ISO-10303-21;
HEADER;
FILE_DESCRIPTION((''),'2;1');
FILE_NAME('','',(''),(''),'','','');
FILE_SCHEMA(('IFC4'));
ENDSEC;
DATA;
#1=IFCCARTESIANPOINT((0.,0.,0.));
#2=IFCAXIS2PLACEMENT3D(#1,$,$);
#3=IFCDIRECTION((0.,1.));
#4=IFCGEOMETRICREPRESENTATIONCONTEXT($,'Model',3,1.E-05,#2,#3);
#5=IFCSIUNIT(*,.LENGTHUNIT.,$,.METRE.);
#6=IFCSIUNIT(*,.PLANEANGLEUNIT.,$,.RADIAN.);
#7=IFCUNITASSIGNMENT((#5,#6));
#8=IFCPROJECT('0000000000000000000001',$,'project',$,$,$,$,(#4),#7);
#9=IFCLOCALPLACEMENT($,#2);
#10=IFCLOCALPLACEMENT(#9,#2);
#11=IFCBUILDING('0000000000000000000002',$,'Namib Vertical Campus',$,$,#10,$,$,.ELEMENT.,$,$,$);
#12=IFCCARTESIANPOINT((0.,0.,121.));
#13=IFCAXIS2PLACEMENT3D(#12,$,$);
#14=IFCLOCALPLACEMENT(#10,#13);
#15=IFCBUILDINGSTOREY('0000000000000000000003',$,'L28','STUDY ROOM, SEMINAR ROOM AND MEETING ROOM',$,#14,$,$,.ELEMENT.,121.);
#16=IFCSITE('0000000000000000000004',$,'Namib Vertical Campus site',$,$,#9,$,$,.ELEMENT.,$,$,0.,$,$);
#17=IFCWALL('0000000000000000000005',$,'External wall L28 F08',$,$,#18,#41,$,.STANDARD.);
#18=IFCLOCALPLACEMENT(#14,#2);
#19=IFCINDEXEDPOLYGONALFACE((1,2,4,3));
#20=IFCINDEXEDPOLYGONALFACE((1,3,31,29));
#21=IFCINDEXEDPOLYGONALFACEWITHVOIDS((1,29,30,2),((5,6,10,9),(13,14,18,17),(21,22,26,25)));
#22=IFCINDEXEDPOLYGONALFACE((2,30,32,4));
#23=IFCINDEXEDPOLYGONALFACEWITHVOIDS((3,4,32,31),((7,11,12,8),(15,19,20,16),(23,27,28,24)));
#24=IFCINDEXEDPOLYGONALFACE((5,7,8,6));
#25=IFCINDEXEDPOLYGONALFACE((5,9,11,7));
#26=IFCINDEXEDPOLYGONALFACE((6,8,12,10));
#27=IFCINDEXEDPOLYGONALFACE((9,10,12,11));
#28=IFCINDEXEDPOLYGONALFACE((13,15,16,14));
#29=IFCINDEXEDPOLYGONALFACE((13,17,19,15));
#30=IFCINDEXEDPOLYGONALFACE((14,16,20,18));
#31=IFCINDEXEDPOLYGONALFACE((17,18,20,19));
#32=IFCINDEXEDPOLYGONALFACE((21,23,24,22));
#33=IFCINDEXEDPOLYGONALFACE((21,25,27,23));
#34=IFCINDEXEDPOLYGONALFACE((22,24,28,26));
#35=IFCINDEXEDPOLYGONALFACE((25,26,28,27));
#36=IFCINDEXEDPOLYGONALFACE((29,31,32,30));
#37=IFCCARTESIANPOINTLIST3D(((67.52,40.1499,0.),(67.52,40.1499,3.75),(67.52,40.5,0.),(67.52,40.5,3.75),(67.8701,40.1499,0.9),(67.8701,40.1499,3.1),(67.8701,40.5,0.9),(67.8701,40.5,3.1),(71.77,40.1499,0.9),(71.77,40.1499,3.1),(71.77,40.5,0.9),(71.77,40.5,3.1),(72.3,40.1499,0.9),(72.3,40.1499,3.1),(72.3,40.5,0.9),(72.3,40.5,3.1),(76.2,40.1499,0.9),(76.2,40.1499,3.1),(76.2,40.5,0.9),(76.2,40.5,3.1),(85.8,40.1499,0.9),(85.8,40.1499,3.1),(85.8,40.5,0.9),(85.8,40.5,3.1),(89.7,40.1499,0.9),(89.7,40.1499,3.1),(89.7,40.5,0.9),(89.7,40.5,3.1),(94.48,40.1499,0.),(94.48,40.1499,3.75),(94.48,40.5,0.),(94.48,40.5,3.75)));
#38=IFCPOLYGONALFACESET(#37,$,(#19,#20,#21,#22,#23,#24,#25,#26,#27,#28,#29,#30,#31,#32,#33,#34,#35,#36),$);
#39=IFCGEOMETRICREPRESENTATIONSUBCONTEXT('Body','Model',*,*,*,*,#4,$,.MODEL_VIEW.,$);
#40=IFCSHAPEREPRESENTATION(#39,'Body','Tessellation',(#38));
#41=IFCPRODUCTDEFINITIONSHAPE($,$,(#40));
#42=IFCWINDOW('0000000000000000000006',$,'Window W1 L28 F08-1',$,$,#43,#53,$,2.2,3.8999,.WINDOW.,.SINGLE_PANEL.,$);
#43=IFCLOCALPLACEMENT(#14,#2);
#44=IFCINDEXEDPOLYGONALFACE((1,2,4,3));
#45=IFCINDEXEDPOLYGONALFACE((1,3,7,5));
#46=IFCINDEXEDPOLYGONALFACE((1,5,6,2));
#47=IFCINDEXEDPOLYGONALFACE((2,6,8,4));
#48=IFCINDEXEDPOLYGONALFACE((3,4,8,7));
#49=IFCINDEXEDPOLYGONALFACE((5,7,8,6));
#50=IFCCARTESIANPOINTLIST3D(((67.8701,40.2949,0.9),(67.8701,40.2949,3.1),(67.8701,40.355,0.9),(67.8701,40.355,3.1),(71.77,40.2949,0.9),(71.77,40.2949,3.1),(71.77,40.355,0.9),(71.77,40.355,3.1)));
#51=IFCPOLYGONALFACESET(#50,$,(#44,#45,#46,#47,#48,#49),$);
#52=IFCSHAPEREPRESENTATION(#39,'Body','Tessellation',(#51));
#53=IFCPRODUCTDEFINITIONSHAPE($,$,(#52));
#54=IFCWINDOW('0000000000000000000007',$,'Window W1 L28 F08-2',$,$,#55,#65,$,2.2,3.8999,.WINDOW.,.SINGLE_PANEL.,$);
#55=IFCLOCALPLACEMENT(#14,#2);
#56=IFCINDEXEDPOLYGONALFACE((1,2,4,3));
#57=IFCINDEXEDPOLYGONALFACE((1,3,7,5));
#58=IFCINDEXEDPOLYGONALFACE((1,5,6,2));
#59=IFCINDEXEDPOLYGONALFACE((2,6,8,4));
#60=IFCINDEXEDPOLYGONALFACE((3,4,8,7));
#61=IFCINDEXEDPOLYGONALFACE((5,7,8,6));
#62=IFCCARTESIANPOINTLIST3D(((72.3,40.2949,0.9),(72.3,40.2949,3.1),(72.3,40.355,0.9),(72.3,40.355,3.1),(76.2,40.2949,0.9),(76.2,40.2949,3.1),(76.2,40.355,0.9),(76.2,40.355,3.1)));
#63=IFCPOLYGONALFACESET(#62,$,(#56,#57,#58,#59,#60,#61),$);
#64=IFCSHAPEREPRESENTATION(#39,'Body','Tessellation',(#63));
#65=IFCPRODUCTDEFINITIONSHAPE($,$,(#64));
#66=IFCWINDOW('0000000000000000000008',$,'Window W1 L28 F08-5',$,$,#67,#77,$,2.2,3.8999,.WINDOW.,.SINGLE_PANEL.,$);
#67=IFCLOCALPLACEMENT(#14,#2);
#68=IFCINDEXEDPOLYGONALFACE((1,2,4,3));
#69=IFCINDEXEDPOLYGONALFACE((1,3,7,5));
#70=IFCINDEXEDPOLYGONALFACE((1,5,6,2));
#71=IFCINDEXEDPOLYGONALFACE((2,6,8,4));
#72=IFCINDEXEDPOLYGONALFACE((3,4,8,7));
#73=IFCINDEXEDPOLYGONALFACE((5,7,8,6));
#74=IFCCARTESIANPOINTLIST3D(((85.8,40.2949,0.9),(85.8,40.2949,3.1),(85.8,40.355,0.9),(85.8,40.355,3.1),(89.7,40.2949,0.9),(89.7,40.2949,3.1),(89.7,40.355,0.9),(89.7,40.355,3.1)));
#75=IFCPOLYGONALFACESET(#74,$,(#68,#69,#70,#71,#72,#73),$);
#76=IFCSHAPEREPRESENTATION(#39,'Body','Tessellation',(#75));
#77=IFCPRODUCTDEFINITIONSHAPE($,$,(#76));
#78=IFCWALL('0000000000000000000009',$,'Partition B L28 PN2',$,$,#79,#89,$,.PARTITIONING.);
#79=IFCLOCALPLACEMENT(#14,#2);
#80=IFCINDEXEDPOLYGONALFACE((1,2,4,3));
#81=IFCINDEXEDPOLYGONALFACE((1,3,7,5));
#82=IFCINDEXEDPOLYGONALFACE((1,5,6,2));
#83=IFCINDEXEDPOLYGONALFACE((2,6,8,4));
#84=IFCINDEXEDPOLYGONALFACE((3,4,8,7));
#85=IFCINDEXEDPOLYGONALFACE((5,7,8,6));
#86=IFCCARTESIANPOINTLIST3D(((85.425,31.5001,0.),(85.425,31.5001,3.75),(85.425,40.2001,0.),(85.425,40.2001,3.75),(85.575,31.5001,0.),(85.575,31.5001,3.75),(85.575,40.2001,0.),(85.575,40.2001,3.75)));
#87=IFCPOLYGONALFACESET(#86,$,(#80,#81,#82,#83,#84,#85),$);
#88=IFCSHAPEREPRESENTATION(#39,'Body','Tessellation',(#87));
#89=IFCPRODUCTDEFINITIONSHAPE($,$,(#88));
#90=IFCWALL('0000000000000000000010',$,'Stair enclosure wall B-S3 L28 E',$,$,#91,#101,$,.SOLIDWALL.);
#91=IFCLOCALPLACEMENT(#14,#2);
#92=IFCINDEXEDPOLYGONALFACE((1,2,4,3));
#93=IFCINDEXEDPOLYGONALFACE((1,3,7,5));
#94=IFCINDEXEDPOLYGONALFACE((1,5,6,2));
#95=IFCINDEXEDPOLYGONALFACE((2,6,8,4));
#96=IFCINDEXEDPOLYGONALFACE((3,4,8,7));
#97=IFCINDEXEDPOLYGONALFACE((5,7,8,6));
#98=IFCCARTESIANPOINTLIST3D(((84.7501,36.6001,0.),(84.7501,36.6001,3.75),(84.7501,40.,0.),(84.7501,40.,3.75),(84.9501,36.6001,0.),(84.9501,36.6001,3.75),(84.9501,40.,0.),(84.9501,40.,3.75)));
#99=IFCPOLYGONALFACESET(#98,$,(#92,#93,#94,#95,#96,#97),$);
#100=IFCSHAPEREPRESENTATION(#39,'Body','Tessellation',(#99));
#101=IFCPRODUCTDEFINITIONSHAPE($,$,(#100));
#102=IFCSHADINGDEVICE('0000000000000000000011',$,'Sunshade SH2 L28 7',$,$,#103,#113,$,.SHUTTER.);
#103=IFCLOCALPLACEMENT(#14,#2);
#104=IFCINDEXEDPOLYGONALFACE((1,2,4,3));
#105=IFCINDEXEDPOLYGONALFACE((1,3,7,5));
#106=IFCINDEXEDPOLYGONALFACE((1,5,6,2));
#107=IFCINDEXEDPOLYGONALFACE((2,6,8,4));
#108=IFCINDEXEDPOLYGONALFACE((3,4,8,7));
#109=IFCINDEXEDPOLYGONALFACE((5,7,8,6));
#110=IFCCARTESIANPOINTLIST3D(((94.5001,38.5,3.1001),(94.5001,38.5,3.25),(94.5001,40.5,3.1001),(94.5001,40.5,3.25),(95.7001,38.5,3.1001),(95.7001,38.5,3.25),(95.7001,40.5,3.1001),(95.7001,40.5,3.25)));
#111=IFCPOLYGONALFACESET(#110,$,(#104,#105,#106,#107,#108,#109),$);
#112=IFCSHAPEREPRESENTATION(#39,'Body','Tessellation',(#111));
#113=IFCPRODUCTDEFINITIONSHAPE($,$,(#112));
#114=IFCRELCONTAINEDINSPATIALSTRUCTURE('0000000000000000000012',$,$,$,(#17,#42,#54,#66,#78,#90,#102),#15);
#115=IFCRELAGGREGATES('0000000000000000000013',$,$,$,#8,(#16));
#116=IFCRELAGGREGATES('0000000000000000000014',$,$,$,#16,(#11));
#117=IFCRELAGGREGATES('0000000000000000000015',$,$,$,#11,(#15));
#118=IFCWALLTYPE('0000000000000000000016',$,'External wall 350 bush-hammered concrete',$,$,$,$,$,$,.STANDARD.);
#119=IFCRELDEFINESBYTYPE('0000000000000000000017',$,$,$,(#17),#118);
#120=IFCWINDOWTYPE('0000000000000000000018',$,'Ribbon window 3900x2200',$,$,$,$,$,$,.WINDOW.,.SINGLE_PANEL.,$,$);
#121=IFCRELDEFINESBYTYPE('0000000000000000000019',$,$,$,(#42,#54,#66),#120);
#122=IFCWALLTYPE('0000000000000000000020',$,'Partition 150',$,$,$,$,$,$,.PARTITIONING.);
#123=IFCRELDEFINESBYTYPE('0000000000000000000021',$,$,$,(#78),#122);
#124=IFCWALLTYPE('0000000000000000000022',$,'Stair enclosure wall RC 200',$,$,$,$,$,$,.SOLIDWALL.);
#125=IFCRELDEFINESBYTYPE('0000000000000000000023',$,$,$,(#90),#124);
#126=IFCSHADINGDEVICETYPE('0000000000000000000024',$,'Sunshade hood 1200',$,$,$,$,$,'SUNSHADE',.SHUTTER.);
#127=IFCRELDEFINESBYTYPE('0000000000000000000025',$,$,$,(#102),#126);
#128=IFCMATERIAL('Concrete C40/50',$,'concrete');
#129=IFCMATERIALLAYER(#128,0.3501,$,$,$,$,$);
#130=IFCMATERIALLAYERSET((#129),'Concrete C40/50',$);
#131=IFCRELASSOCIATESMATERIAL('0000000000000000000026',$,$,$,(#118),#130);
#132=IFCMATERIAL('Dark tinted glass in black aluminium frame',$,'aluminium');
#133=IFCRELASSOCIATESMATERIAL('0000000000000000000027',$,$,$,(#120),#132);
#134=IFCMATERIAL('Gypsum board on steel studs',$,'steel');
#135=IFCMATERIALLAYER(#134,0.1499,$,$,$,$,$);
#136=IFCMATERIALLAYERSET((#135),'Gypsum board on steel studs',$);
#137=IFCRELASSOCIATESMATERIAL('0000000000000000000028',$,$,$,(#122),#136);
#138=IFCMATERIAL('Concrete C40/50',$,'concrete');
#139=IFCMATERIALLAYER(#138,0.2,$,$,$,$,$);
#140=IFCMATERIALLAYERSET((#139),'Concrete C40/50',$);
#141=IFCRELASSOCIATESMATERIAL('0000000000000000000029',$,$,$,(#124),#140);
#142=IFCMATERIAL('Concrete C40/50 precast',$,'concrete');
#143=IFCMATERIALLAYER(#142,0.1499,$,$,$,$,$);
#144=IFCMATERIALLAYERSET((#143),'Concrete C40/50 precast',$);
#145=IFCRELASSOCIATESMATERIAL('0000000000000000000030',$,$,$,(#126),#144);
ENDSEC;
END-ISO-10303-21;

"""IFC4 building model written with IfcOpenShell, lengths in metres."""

from ifc_helpers import new_model, si_unit, direction, frame, frame_2d, origin, origin_2d, place, context, subcontext, project, spatial, rectangle, extrude, material, layer, layer_set, type_object, element, fill, save


model = new_model("IFC4")

# Units and contexts
model_context = context("Model", 3, precision=1e-05, world=origin(), true_north=direction((0.0, 1.0)))
body_context = subcontext(model_context, "Body", "Model", "MODEL_VIEW")
ifc_project = project(units=[si_unit("LENGTHUNIT", "METRE"), si_unit("PLANEANGLEUNIT", "RADIAN")], contexts=[model_context])

# Site, building, storey
site_placement = place(None, origin())
site = spatial("IfcSite", under=ifc_project, at=site_placement, Name="Namib Vertical Campus site", CompositionType="ELEMENT", RefElevation=0.0)
building_placement = place(site_placement, origin())
building = spatial("IfcBuilding", under=site, at=building_placement, Name="Namib Vertical Campus", CompositionType="ELEMENT")
storey_placement = place(building_placement, frame((0.0, 0.0, 121.0)))
storey = spatial("IfcBuildingStorey", under=building, at=storey_placement, Name="L28", Description="STUDY ROOM, SEMINAR ROOM AND MEETING ROOM", CompositionType="ELEMENT", Elevation=121.0)

# Shared definitions
ifc_material_1 = material(Name="Concrete C40/50", Category="concrete")
ifc_layer_1 = layer(ifc_material_1, 0.3501)
ifc_layer_set_1 = layer_set([ifc_layer_1], Name="Concrete C40/50")
wall_type_1 = type_object("IfcWallType", Name="External wall 350 bush-hammered concrete", PredefinedType="STANDARD", material=ifc_layer_set_1)

# Wall, openings, windows
wall_1_placement = place(storey_placement, frame((94.48, 40.325, 0.0), z_axis=(0.0, 0.0, 1.0), x_axis=(-1.0, 0.0, 0.0)))
wall_1 = element("IfcWall", 1, at=wall_1_placement, inside=storey, type_object=wall_type_1, Name="External wall L28 F08", PredefinedType="STANDARD", context=body_context, shape_type="SweptSolid", body=[
    extrude(rectangle(XDim=26.96, YDim=0.3501, at=frame_2d((13.48, 0.0))), origin(), (0.0, 0.0, 1.0), 3.75),
])
opening_1_placement = place(wall_1_placement, frame((22.71, 0.0, 0.8999)))
opening_1 = element("IfcOpeningElement", 2, at=opening_1_placement, cuts=wall_1, PredefinedType="OPENING", context=body_context, shape_type="SweptSolid", body=[
    extrude(rectangle(XDim=3.8999, YDim=2.2, at=frame_2d((1.95, 1.1001))), frame((0.0, 0.1851, 0.0), z_axis=(0.0, -1.0, 0.0), x_axis=(1.0, 0.0, 0.0)), (0.0, 0.0, 1.0), 0.3701),
])
opening_2_placement = place(wall_1_placement, frame((18.28, 0.0, 0.8999)))
opening_2 = element("IfcOpeningElement", 3, at=opening_2_placement, cuts=wall_1, PredefinedType="OPENING", context=body_context, shape_type="SweptSolid", body=[
    extrude(rectangle(XDim=3.8999, YDim=2.2, at=frame_2d((1.95, 1.1001))), frame((0.0, 0.1851, 0.0), z_axis=(0.0, -1.0, 0.0), x_axis=(1.0, 0.0, 0.0)), (0.0, 0.0, 1.0), 0.3701),
])
opening_3_placement = place(wall_1_placement, frame((4.78, 0.0, 0.8999)))
opening_3 = element("IfcOpeningElement", 4, at=opening_3_placement, cuts=wall_1, PredefinedType="OPENING", context=body_context, shape_type="SweptSolid", body=[
    extrude(rectangle(XDim=3.8999, YDim=2.2, at=frame_2d((1.95, 1.1001))), frame((0.0, 0.1851, 0.0), z_axis=(0.0, -1.0, 0.0), x_axis=(1.0, 0.0, 0.0)), (0.0, 0.0, 1.0), 0.3701),
])
ifc_material_2 = material(Name="Dark tinted glass in black aluminium frame", Category="aluminium")
window_type = type_object("IfcWindowType", Name="Ribbon window 3900x2200", PartitioningType="SINGLE_PANEL", PredefinedType="WINDOW", material=ifc_material_2)
window_1_placement = place(opening_1_placement, origin())
window_1 = element("IfcWindow", 5, at=window_1_placement, inside=storey, type_object=window_type, Name="Window W1 L28 F08-1", OverallHeight=2.2, OverallWidth=3.8999, PartitioningType="SINGLE_PANEL", PredefinedType="WINDOW", context=body_context, shape_type="SweptSolid", body=[
    extrude(rectangle(XDim=3.8999, YDim=2.2, at=frame_2d((1.95, 1.1001))), frame((0.0, 0.03, 0.0), z_axis=(0.0, -1.0, 0.0), x_axis=(1.0, 0.0, 0.0)), (0.0, 0.0, 1.0), 0.0601),
])
fill(opening_1, window_1)
window_2_placement = place(opening_2_placement, origin())
window_2 = element("IfcWindow", 6, at=window_2_placement, inside=storey, type_object=window_type, Name="Window W1 L28 F08-2", OverallHeight=2.2, OverallWidth=3.8999, PartitioningType="SINGLE_PANEL", PredefinedType="WINDOW", context=body_context, shape_type="SweptSolid", body=[
    extrude(rectangle(XDim=3.8999, YDim=2.2, at=frame_2d((1.95, 1.1001))), frame((0.0, 0.03, 0.0), z_axis=(0.0, -1.0, 0.0), x_axis=(1.0, 0.0, 0.0)), (0.0, 0.0, 1.0), 0.0601),
])
fill(opening_2, window_2)
window_3_placement = place(opening_3_placement, origin())
window_3 = element("IfcWindow", 7, at=window_3_placement, inside=storey, type_object=window_type, Name="Window W1 L28 F08-5", OverallHeight=2.2, OverallWidth=3.8999, PartitioningType="SINGLE_PANEL", PredefinedType="WINDOW", context=body_context, shape_type="SweptSolid", body=[
    extrude(rectangle(XDim=3.8999, YDim=2.2, at=frame_2d((1.95, 1.1001))), frame((0.0, 0.03, 0.0), z_axis=(0.0, -1.0, 0.0), x_axis=(1.0, 0.0, 0.0)), (0.0, 0.0, 1.0), 0.0601),
])
fill(opening_3, window_3)

# Walls
ifc_material_3 = material(Name="Gypsum board on steel studs", Category="steel")
ifc_layer_2 = layer(ifc_material_3, 0.1499)
ifc_layer_set_2 = layer_set([ifc_layer_2], Name="Gypsum board on steel studs")
wall_type_2 = type_object("IfcWallType", Name="Partition 150", PredefinedType="PARTITIONING", material=ifc_layer_set_2)
wall_2_placement = place(storey_placement, frame((85.5, 31.5, 0.0), z_axis=(0.0, 0.0, 1.0), x_axis=(0.0, 1.0, 0.0)))
element("IfcWall", 8, at=wall_2_placement, inside=storey, type_object=wall_type_2, Name="Partition B L28 PN2", PredefinedType="PARTITIONING", context=body_context, shape_type="SweptSolid", body=[
    extrude(rectangle(XDim=8.7, YDim=0.1499, at=frame_2d((4.3501, 0.0))), origin(), (0.0, 0.0, 1.0), 3.75),
])
ifc_material_4 = material(Name="Concrete C40/50", Category="concrete")
ifc_layer_3 = layer(ifc_material_4, 0.2)
ifc_layer_set_3 = layer_set([ifc_layer_3], Name="Concrete C40/50")
wall_type_3 = type_object("IfcWallType", Name="Stair enclosure wall RC 200", PredefinedType="SOLIDWALL", material=ifc_layer_set_3)
wall_3_placement = place(storey_placement, frame((84.8501, 36.6001, 0.0), z_axis=(0.0, 0.0, 1.0), x_axis=(0.0, 1.0, 0.0)))
element("IfcWall", 9, at=wall_3_placement, inside=storey, type_object=wall_type_3, Name="Stair enclosure wall B-S3 L28 E", PredefinedType="SOLIDWALL", context=body_context, shape_type="SweptSolid", body=[
    extrude(rectangle(XDim=3.3999, YDim=0.2, at=frame_2d((1.7, 0.0))), origin(), (0.0, 0.0, 1.0), 3.75),
])

# Shading device
ifc_material_5 = material(Name="Concrete C40/50 precast", Category="concrete")
ifc_layer_4 = layer(ifc_material_5, 0.1499)
ifc_layer_set_4 = layer_set([ifc_layer_4], Name="Concrete C40/50 precast")
shading_device_type = type_object("IfcShadingDeviceType", Name="Sunshade hood 1200", ElementType="SUNSHADE", PredefinedType="SHUTTER", material=ifc_layer_set_4)
shading_device_placement = place(storey_placement, frame((95.1001, 39.5, 3.1001), z_axis=(0.0, 0.0, 1.0), x_axis=(0.0, 1.0, 0.0)))
element("IfcShadingDevice", 10, at=shading_device_placement, inside=storey, type_object=shading_device_type, Name="Sunshade SH2 L28 7", PredefinedType="SHUTTER", context=body_context, shape_type="SweptSolid", body=[
    extrude(rectangle(XDim=2.0, YDim=1.2, at=origin_2d()), origin(), (0.0, 0.0, 1.0), 0.1499),
])

save(model, "model.ifc")
